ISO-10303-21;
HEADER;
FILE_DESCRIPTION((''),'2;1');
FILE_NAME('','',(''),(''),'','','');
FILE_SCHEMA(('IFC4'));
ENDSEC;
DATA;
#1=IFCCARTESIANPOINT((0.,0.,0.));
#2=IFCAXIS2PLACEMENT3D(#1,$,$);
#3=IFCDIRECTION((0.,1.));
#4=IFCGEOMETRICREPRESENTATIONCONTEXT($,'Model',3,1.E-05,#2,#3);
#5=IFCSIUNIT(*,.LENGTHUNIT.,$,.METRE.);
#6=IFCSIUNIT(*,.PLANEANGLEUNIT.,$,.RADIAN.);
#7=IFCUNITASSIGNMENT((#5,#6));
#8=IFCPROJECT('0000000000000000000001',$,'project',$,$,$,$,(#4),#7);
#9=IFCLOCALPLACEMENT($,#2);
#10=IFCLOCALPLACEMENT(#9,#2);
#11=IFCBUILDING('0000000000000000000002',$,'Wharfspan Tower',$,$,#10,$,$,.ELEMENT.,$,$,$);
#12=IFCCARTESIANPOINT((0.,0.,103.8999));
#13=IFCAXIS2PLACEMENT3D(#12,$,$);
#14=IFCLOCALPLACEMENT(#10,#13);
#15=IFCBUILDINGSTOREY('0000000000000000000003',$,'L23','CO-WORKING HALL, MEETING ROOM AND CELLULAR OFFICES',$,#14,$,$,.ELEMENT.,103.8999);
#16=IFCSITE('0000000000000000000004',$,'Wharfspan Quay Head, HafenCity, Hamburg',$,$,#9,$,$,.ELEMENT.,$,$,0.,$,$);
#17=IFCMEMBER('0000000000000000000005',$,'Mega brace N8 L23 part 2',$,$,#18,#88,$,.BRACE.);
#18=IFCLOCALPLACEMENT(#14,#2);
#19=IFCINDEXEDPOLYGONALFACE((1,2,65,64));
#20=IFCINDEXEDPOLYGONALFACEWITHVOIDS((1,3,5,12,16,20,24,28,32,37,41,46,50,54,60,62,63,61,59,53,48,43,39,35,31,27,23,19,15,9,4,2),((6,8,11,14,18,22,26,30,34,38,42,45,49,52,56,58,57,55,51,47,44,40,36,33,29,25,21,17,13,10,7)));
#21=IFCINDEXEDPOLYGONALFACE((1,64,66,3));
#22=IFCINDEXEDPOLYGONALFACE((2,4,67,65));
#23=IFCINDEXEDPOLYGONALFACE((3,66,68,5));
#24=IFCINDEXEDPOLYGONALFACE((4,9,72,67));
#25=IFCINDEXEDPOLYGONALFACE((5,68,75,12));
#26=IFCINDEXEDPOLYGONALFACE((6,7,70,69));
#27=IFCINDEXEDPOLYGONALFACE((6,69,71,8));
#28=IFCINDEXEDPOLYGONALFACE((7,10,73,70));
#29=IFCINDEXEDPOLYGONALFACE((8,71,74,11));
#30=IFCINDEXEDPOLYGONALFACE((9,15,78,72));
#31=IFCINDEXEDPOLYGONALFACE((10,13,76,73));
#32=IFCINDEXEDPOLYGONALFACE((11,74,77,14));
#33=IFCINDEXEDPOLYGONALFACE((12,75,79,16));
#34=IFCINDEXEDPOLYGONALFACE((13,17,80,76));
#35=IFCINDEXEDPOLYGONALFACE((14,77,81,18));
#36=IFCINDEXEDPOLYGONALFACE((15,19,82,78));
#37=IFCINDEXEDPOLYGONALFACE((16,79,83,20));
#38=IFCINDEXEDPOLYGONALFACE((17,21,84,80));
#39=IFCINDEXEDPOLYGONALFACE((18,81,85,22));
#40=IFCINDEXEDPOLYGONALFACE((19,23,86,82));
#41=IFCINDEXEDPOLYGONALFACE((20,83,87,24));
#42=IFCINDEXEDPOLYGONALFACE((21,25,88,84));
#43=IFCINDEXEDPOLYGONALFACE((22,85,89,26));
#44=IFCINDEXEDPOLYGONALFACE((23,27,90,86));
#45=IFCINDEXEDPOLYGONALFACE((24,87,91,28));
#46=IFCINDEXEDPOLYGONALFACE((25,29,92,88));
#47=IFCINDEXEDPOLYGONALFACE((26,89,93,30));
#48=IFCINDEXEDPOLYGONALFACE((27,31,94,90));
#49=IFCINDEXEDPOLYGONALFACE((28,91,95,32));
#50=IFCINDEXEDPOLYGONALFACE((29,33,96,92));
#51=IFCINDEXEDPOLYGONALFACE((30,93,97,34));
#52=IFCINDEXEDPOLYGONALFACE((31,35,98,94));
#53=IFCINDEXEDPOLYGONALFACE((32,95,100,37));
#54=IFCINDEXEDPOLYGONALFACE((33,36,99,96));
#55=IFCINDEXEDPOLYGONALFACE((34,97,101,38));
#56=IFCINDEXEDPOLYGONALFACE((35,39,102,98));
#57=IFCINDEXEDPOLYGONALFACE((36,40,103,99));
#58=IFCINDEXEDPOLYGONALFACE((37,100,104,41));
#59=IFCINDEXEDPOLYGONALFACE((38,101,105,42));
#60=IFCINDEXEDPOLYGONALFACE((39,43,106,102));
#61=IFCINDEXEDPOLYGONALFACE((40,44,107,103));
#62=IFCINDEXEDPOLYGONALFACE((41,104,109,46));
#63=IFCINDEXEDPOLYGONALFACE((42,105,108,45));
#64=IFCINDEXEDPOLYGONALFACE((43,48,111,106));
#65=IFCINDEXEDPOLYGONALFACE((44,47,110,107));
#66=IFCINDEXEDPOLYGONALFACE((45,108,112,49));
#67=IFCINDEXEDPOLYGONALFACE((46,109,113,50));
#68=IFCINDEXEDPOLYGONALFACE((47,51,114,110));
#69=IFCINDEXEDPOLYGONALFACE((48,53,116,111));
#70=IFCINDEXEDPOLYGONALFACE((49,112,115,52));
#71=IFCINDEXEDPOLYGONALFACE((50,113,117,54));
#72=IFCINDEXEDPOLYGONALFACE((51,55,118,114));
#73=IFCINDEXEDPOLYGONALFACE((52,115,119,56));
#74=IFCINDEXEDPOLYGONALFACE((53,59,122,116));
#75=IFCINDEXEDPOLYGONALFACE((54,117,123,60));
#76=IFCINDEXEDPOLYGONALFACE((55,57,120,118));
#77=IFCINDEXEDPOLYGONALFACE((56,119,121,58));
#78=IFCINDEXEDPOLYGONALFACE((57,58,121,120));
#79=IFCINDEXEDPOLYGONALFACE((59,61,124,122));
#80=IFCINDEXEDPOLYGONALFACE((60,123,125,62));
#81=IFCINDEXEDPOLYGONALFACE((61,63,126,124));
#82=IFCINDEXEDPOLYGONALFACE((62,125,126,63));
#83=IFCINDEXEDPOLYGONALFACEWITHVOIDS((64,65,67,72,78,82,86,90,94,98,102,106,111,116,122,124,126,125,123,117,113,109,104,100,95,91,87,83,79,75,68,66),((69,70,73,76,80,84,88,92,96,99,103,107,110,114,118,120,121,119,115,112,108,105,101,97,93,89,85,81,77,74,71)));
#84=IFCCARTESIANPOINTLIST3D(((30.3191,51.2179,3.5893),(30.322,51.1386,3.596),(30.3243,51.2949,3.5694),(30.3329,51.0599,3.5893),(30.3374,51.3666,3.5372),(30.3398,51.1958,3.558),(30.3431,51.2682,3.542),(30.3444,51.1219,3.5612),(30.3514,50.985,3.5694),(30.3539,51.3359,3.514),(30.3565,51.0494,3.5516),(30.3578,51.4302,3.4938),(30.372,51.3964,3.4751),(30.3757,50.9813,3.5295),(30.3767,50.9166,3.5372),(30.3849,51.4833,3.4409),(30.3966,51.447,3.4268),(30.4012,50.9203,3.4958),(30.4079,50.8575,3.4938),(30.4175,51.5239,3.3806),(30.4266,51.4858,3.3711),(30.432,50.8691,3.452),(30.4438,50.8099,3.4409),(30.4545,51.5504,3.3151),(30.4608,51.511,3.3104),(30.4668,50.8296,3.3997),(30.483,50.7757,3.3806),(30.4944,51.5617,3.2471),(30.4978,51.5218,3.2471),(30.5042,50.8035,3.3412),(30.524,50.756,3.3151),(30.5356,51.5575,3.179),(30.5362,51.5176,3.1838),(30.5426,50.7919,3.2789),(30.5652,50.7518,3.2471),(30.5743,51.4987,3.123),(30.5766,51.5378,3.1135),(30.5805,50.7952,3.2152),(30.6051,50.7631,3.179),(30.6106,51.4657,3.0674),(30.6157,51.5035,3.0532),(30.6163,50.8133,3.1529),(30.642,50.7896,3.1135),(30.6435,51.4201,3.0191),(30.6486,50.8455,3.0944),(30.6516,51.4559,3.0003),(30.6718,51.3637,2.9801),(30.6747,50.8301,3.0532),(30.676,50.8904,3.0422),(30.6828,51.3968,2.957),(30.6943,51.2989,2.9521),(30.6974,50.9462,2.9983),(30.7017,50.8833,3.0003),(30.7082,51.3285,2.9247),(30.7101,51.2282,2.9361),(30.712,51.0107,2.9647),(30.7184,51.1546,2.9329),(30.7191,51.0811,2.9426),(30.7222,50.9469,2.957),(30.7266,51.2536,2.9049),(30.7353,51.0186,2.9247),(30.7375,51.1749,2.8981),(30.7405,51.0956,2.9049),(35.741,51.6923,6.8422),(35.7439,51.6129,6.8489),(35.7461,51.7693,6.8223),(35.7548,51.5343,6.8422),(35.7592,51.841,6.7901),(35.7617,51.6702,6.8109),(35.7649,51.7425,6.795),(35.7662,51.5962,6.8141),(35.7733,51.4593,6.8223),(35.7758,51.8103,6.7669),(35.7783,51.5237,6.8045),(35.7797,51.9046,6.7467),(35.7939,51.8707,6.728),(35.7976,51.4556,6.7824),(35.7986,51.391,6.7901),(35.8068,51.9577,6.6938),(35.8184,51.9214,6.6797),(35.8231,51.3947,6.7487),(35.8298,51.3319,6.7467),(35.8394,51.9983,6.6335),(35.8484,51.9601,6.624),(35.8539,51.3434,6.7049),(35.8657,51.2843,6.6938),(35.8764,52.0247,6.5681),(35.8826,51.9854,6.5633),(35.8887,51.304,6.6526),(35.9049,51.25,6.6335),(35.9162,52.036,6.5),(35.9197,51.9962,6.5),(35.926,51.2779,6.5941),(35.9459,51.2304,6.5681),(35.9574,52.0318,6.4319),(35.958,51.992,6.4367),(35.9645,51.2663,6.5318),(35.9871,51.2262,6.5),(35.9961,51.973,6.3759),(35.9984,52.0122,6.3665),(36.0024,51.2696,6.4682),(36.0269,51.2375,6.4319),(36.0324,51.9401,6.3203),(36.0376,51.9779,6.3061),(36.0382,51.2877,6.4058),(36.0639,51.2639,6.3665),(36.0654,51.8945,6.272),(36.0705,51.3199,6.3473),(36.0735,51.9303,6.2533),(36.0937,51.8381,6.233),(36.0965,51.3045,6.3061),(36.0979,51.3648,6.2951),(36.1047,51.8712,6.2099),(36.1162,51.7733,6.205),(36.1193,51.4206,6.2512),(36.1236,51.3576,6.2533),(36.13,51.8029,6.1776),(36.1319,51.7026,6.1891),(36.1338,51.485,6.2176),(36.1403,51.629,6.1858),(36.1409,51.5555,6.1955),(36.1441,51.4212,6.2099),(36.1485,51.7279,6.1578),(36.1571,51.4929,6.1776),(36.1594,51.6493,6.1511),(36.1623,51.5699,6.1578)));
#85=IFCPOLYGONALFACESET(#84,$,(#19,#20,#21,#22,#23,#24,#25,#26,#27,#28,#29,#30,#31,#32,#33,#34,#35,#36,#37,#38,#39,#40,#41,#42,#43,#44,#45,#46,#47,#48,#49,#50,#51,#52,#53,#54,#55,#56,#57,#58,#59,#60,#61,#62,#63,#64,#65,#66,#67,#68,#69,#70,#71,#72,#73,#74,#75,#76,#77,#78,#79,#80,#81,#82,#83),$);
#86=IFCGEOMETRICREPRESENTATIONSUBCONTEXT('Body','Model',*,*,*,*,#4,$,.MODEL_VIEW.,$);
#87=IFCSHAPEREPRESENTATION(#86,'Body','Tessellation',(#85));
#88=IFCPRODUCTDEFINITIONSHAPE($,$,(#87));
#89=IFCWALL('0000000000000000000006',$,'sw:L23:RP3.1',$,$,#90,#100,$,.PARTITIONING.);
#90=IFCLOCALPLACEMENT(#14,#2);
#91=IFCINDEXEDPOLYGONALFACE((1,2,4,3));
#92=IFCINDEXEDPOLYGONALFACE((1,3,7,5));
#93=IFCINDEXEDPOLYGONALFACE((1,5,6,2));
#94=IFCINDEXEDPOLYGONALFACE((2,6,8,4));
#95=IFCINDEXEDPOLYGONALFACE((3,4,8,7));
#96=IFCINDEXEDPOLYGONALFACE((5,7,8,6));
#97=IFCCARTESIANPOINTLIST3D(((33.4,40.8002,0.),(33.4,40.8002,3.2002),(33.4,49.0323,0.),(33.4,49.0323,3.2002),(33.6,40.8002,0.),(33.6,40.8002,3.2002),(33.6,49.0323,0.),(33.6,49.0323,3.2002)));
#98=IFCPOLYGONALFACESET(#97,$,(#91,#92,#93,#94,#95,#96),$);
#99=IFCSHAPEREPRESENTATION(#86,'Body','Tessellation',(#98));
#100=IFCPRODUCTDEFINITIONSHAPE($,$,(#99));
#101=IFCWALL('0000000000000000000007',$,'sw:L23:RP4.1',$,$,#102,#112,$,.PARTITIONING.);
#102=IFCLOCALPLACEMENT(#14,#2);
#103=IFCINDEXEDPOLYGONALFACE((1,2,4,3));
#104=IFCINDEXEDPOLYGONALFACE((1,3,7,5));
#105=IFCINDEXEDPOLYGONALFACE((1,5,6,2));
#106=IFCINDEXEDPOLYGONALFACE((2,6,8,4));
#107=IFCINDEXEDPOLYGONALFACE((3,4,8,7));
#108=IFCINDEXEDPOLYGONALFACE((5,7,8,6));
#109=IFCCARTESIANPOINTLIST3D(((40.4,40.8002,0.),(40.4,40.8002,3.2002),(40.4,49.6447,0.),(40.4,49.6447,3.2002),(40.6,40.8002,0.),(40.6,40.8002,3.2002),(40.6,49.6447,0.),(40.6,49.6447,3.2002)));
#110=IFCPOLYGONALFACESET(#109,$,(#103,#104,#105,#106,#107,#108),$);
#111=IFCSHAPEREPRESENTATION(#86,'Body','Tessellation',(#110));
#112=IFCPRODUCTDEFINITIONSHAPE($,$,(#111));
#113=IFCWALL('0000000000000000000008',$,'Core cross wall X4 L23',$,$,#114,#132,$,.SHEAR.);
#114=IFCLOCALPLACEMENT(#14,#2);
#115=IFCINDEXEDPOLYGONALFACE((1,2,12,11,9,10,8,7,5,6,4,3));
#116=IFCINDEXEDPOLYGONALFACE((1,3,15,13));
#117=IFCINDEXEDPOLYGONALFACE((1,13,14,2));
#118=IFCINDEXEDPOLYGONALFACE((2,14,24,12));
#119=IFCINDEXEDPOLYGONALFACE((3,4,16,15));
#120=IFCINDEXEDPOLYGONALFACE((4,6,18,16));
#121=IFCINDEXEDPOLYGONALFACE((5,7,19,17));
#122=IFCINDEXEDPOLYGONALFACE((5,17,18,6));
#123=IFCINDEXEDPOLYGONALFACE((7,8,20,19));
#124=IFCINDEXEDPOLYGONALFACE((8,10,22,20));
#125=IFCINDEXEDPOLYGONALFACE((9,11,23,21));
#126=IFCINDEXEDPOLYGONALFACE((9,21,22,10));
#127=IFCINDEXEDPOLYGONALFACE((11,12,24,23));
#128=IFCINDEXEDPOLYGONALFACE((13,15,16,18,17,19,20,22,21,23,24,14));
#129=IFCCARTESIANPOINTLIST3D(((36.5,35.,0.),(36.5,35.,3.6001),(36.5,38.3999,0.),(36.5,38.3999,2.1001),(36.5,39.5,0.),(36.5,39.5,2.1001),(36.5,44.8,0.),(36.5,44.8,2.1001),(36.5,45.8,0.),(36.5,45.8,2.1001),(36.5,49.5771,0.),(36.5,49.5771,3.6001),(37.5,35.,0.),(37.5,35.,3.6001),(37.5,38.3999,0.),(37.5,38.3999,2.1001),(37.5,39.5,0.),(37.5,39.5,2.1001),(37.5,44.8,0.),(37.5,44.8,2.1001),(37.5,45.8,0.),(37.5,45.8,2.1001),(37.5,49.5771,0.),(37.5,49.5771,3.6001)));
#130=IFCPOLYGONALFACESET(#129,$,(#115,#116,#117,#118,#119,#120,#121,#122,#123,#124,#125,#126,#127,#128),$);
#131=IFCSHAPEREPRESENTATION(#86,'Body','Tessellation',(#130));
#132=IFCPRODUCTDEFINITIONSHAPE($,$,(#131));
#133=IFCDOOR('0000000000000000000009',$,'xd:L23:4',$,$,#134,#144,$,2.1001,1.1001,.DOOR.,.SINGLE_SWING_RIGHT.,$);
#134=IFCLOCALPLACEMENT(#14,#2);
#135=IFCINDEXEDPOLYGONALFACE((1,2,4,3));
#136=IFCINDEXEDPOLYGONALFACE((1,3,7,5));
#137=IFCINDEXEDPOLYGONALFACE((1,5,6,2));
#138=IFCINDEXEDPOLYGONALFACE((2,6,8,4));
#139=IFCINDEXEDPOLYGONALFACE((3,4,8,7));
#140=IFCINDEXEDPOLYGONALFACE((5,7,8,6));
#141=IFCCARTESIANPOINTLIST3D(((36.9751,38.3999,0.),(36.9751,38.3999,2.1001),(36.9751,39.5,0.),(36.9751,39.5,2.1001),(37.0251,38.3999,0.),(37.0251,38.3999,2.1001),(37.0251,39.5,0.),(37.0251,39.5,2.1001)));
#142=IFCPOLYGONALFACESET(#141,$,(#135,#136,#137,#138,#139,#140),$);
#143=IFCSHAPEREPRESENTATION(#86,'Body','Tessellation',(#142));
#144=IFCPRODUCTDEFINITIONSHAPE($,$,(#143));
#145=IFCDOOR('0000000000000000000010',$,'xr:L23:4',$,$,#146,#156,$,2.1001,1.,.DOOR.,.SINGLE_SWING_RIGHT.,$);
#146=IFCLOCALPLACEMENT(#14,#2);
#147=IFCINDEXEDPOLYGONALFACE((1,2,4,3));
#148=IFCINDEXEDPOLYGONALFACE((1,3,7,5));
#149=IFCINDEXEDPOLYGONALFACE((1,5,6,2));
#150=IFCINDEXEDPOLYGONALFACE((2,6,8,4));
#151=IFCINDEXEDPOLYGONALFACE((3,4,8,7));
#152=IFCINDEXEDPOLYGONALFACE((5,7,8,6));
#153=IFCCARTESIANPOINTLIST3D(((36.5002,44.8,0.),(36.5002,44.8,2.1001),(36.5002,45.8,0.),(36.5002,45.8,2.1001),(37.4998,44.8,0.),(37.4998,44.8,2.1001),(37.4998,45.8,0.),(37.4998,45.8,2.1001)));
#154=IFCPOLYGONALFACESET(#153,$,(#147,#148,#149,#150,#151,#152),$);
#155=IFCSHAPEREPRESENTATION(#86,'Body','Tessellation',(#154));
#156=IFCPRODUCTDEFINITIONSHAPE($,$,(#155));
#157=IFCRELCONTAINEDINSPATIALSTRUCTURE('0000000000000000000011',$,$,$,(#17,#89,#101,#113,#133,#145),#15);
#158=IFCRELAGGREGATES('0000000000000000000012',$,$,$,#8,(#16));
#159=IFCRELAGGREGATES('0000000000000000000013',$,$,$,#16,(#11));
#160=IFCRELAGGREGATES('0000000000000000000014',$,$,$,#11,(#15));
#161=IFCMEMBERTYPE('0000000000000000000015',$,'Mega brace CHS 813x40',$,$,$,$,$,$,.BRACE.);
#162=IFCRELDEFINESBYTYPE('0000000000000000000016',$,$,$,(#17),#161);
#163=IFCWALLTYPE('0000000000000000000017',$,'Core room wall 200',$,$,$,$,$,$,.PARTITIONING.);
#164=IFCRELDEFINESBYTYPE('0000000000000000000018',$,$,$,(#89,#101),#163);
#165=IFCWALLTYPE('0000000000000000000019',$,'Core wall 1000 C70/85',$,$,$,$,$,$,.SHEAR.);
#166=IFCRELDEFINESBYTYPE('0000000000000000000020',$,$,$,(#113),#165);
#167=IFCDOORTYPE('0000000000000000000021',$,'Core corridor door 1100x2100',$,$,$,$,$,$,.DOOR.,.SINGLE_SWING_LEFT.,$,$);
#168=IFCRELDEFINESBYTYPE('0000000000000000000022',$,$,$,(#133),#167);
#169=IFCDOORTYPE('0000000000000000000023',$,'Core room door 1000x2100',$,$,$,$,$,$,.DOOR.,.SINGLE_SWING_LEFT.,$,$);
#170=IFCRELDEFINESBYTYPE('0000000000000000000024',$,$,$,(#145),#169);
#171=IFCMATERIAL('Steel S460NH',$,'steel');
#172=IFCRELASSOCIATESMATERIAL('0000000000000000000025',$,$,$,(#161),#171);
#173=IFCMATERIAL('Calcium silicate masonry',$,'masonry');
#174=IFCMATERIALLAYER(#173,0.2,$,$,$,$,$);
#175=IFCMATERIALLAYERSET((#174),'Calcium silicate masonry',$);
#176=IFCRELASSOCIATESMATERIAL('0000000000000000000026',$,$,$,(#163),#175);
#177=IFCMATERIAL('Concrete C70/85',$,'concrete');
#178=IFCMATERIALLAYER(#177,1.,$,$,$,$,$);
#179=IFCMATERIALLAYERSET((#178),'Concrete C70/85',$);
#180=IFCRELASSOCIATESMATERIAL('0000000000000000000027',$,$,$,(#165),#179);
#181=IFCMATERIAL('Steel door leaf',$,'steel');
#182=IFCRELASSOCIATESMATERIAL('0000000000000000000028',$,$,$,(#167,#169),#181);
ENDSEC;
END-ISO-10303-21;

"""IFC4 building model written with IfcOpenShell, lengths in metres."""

from ifc_helpers import new_model, si_unit, direction, frame, frame_2d, origin, origin_2d, place, context, subcontext, project, spatial, rectangle, hollow_circle, extrude, material, layer, layer_set, material_profile, profile_set, type_object, element, fill, save


model = new_model("IFC4")

# Units and contexts
model_context = context("Model", 3, precision=1e-05, world=origin(), true_north=direction((0.0, 1.0)))
body_context = subcontext(model_context, "Body", "Model", "MODEL_VIEW")
ifc_project = project(units=[si_unit("LENGTHUNIT", "METRE"), si_unit("PLANEANGLEUNIT", "RADIAN")], contexts=[model_context])

# Site, building, storey
site_placement = place(None, origin())
site = spatial("IfcSite", under=ifc_project, at=site_placement, Name="Wharfspan Quay Head, HafenCity, Hamburg", CompositionType="ELEMENT", RefElevation=0.0)
building_placement = place(site_placement, origin())
building = spatial("IfcBuilding", under=site, at=building_placement, Name="Wharfspan Tower", CompositionType="ELEMENT")
storey_placement = place(building_placement, frame((0.0, 0.0, 103.8999)))
storey = spatial("IfcBuildingStorey", under=building, at=storey_placement, Name="L23", Description="CO-WORKING HALL, MEETING ROOM AND CELLULAR OFFICES", CompositionType="ELEMENT", Elevation=103.8999)

# Shared definitions
ifc_material_1 = material(Name="Steel S460NH", Category="steel")

# Member
ifc_material_profile_1 = material_profile(ifc_material_1, hollow_circle(Radius=0.4065, WallThickness=0.04, at=origin_2d()))
ifc_profile_set_1 = profile_set([ifc_material_profile_1], Name="Steel S460NH")
member_type_1 = type_object("IfcMemberType", Name="Mega brace CHS 813x40", PredefinedType="BRACE", material=ifc_profile_set_1)
member_1_placement = place(storey_placement, frame((30.5298, 51.1567, 3.2471), z_axis=(0.855103, 0.074814, 0.513031), x_axis=(-0.087159, 0.996196, 0.000001)))
element("IfcMember", 1, at=member_1_placement, inside=storey, type_object=member_type_1, Name="Mega brace N8 L23 part 2", PredefinedType="BRACE", context=body_context, shape_type="SweptSolid", body=[
    extrude(hollow_circle(Radius=0.4065, WallThickness=0.04, at=origin_2d()), origin(), (0.0, 0.0, 1.0), 6.3406),
])

# Walls
ifc_material_2 = material(Name="Calcium silicate masonry", Category="masonry")
ifc_layer_1 = layer(ifc_material_2, 0.2)
ifc_layer_set_1 = layer_set([ifc_layer_1], Name="Calcium silicate masonry")
wall_type_1 = type_object("IfcWallType", Name="Core room wall 200", PredefinedType="PARTITIONING", material=ifc_layer_set_1)
wall_1_placement = place(storey_placement, frame((33.5, 40.8, 0.0), z_axis=(0.0, 0.0, 1.0), x_axis=(0.0, 1.0, 0.0)))
element("IfcWall", 2, at=wall_1_placement, inside=storey, type_object=wall_type_1, Name="sw:L23:RP3.1", PredefinedType="PARTITIONING", context=body_context, shape_type="SweptSolid", body=[
    extrude(rectangle(XDim=8.2322, YDim=0.2, at=frame_2d((4.1162, 0.0))), origin(), (0.0, 0.0, 1.0), 3.2002),
])
wall_2_placement = place(storey_placement, frame((40.5, 40.8, 0.0), z_axis=(0.0, 0.0, 1.0), x_axis=(0.0, 1.0, 0.0)))
element("IfcWall", 3, at=wall_2_placement, inside=storey, type_object=wall_type_1, Name="sw:L23:RP4.1", PredefinedType="PARTITIONING", context=body_context, shape_type="SweptSolid", body=[
    extrude(rectangle(XDim=8.8445, YDim=0.2, at=frame_2d((4.4224, 0.0))), origin(), (0.0, 0.0, 1.0), 3.2002),
])

# Wall, openings, doors
ifc_material_3 = material(Name="Concrete C70/85", Category="concrete")
ifc_layer_2 = layer(ifc_material_3, 1.0)
ifc_layer_set_2 = layer_set([ifc_layer_2], Name="Concrete C70/85")
wall_type_2 = type_object("IfcWallType", Name="Core wall 1000 C70/85", PredefinedType="SHEAR", material=ifc_layer_set_2)
wall_3_placement = place(storey_placement, frame((37.0, 35.0, 0.0), z_axis=(0.0, 0.0, 1.0), x_axis=(0.0, 1.0, 0.0)))
wall_3 = element("IfcWall", 4, at=wall_3_placement, inside=storey, type_object=wall_type_2, Name="Core cross wall X4 L23", PredefinedType="SHEAR", context=body_context, shape_type="SweptSolid", body=[
    extrude(rectangle(XDim=14.5771, YDim=1.0, at=frame_2d((7.2886, 0.0))), origin(), (0.0, 0.0, 1.0), 3.6001),
])
opening_1_placement = place(wall_3_placement, frame((3.3999, 0.0, 0.0)))
opening_1 = element("IfcOpeningElement", 5, at=opening_1_placement, cuts=wall_3, PredefinedType="OPENING", context=body_context, shape_type="SweptSolid", body=[
    extrude(rectangle(XDim=1.1001, YDim=2.1001, at=frame_2d((0.55, 1.05))), frame((0.0, 0.51, 0.0), z_axis=(0.0, -1.0, 0.0), x_axis=(1.0, 0.0, 0.0)), (0.0, 0.0, 1.0), 1.02),
])
opening_2_placement = place(wall_3_placement, frame((9.8, 0.0, 0.0)))
opening_2 = element("IfcOpeningElement", 6, at=opening_2_placement, cuts=wall_3, PredefinedType="OPENING", context=body_context, shape_type="SweptSolid", body=[
    extrude(rectangle(XDim=1.0, YDim=2.1001, at=frame_2d((0.5, 1.05))), frame((0.0, 0.51, 0.0), z_axis=(0.0, -1.0, 0.0), x_axis=(1.0, 0.0, 0.0)), (0.0, 0.0, 1.0), 1.02),
])
ifc_material_4 = material(Name="Steel door leaf", Category="steel")
door_type_1 = type_object("IfcDoorType", Name="Core corridor door 1100x2100", OperationType="SINGLE_SWING_LEFT", PredefinedType="DOOR", material=ifc_material_4)
door_1_placement = place(opening_1_placement, origin())
door_1 = element("IfcDoor", 7, at=door_1_placement, inside=storey, type_object=door_type_1, Name="xd:L23:4", OperationType="SINGLE_SWING_RIGHT", OverallHeight=2.1001, OverallWidth=1.1001, PredefinedType="DOOR", context=body_context, shape_type="SweptSolid", body=[
    extrude(rectangle(XDim=1.1001, YDim=2.1001, at=frame_2d((0.55, 1.05))), frame((0.0, 0.0249, 0.0), z_axis=(0.0, -1.0, 0.0), x_axis=(1.0, 0.0, 0.0)), (0.0, 0.0, 1.0), 0.05),
])
fill(opening_1, door_1)
door_type_2 = type_object("IfcDoorType", Name="Core room door 1000x2100", OperationType="SINGLE_SWING_LEFT", PredefinedType="DOOR", material=ifc_material_4)
door_2_placement = place(opening_2_placement, origin())
door_2 = element("IfcDoor", 8, at=door_2_placement, inside=storey, type_object=door_type_2, Name="xr:L23:4", OperationType="SINGLE_SWING_RIGHT", OverallHeight=2.1001, OverallWidth=1.0, PredefinedType="DOOR", context=body_context, shape_type="SweptSolid", body=[
    extrude(rectangle(XDim=1.0, YDim=2.1001, at=frame_2d((0.5, 1.05))), frame((0.0, 0.4998, 0.0), z_axis=(0.0, -1.0, 0.0), x_axis=(1.0, 0.0, 0.0)), (0.0, 0.0, 1.0), 0.9995),
])
fill(opening_2, door_2)

save(model, "model.ifc")
